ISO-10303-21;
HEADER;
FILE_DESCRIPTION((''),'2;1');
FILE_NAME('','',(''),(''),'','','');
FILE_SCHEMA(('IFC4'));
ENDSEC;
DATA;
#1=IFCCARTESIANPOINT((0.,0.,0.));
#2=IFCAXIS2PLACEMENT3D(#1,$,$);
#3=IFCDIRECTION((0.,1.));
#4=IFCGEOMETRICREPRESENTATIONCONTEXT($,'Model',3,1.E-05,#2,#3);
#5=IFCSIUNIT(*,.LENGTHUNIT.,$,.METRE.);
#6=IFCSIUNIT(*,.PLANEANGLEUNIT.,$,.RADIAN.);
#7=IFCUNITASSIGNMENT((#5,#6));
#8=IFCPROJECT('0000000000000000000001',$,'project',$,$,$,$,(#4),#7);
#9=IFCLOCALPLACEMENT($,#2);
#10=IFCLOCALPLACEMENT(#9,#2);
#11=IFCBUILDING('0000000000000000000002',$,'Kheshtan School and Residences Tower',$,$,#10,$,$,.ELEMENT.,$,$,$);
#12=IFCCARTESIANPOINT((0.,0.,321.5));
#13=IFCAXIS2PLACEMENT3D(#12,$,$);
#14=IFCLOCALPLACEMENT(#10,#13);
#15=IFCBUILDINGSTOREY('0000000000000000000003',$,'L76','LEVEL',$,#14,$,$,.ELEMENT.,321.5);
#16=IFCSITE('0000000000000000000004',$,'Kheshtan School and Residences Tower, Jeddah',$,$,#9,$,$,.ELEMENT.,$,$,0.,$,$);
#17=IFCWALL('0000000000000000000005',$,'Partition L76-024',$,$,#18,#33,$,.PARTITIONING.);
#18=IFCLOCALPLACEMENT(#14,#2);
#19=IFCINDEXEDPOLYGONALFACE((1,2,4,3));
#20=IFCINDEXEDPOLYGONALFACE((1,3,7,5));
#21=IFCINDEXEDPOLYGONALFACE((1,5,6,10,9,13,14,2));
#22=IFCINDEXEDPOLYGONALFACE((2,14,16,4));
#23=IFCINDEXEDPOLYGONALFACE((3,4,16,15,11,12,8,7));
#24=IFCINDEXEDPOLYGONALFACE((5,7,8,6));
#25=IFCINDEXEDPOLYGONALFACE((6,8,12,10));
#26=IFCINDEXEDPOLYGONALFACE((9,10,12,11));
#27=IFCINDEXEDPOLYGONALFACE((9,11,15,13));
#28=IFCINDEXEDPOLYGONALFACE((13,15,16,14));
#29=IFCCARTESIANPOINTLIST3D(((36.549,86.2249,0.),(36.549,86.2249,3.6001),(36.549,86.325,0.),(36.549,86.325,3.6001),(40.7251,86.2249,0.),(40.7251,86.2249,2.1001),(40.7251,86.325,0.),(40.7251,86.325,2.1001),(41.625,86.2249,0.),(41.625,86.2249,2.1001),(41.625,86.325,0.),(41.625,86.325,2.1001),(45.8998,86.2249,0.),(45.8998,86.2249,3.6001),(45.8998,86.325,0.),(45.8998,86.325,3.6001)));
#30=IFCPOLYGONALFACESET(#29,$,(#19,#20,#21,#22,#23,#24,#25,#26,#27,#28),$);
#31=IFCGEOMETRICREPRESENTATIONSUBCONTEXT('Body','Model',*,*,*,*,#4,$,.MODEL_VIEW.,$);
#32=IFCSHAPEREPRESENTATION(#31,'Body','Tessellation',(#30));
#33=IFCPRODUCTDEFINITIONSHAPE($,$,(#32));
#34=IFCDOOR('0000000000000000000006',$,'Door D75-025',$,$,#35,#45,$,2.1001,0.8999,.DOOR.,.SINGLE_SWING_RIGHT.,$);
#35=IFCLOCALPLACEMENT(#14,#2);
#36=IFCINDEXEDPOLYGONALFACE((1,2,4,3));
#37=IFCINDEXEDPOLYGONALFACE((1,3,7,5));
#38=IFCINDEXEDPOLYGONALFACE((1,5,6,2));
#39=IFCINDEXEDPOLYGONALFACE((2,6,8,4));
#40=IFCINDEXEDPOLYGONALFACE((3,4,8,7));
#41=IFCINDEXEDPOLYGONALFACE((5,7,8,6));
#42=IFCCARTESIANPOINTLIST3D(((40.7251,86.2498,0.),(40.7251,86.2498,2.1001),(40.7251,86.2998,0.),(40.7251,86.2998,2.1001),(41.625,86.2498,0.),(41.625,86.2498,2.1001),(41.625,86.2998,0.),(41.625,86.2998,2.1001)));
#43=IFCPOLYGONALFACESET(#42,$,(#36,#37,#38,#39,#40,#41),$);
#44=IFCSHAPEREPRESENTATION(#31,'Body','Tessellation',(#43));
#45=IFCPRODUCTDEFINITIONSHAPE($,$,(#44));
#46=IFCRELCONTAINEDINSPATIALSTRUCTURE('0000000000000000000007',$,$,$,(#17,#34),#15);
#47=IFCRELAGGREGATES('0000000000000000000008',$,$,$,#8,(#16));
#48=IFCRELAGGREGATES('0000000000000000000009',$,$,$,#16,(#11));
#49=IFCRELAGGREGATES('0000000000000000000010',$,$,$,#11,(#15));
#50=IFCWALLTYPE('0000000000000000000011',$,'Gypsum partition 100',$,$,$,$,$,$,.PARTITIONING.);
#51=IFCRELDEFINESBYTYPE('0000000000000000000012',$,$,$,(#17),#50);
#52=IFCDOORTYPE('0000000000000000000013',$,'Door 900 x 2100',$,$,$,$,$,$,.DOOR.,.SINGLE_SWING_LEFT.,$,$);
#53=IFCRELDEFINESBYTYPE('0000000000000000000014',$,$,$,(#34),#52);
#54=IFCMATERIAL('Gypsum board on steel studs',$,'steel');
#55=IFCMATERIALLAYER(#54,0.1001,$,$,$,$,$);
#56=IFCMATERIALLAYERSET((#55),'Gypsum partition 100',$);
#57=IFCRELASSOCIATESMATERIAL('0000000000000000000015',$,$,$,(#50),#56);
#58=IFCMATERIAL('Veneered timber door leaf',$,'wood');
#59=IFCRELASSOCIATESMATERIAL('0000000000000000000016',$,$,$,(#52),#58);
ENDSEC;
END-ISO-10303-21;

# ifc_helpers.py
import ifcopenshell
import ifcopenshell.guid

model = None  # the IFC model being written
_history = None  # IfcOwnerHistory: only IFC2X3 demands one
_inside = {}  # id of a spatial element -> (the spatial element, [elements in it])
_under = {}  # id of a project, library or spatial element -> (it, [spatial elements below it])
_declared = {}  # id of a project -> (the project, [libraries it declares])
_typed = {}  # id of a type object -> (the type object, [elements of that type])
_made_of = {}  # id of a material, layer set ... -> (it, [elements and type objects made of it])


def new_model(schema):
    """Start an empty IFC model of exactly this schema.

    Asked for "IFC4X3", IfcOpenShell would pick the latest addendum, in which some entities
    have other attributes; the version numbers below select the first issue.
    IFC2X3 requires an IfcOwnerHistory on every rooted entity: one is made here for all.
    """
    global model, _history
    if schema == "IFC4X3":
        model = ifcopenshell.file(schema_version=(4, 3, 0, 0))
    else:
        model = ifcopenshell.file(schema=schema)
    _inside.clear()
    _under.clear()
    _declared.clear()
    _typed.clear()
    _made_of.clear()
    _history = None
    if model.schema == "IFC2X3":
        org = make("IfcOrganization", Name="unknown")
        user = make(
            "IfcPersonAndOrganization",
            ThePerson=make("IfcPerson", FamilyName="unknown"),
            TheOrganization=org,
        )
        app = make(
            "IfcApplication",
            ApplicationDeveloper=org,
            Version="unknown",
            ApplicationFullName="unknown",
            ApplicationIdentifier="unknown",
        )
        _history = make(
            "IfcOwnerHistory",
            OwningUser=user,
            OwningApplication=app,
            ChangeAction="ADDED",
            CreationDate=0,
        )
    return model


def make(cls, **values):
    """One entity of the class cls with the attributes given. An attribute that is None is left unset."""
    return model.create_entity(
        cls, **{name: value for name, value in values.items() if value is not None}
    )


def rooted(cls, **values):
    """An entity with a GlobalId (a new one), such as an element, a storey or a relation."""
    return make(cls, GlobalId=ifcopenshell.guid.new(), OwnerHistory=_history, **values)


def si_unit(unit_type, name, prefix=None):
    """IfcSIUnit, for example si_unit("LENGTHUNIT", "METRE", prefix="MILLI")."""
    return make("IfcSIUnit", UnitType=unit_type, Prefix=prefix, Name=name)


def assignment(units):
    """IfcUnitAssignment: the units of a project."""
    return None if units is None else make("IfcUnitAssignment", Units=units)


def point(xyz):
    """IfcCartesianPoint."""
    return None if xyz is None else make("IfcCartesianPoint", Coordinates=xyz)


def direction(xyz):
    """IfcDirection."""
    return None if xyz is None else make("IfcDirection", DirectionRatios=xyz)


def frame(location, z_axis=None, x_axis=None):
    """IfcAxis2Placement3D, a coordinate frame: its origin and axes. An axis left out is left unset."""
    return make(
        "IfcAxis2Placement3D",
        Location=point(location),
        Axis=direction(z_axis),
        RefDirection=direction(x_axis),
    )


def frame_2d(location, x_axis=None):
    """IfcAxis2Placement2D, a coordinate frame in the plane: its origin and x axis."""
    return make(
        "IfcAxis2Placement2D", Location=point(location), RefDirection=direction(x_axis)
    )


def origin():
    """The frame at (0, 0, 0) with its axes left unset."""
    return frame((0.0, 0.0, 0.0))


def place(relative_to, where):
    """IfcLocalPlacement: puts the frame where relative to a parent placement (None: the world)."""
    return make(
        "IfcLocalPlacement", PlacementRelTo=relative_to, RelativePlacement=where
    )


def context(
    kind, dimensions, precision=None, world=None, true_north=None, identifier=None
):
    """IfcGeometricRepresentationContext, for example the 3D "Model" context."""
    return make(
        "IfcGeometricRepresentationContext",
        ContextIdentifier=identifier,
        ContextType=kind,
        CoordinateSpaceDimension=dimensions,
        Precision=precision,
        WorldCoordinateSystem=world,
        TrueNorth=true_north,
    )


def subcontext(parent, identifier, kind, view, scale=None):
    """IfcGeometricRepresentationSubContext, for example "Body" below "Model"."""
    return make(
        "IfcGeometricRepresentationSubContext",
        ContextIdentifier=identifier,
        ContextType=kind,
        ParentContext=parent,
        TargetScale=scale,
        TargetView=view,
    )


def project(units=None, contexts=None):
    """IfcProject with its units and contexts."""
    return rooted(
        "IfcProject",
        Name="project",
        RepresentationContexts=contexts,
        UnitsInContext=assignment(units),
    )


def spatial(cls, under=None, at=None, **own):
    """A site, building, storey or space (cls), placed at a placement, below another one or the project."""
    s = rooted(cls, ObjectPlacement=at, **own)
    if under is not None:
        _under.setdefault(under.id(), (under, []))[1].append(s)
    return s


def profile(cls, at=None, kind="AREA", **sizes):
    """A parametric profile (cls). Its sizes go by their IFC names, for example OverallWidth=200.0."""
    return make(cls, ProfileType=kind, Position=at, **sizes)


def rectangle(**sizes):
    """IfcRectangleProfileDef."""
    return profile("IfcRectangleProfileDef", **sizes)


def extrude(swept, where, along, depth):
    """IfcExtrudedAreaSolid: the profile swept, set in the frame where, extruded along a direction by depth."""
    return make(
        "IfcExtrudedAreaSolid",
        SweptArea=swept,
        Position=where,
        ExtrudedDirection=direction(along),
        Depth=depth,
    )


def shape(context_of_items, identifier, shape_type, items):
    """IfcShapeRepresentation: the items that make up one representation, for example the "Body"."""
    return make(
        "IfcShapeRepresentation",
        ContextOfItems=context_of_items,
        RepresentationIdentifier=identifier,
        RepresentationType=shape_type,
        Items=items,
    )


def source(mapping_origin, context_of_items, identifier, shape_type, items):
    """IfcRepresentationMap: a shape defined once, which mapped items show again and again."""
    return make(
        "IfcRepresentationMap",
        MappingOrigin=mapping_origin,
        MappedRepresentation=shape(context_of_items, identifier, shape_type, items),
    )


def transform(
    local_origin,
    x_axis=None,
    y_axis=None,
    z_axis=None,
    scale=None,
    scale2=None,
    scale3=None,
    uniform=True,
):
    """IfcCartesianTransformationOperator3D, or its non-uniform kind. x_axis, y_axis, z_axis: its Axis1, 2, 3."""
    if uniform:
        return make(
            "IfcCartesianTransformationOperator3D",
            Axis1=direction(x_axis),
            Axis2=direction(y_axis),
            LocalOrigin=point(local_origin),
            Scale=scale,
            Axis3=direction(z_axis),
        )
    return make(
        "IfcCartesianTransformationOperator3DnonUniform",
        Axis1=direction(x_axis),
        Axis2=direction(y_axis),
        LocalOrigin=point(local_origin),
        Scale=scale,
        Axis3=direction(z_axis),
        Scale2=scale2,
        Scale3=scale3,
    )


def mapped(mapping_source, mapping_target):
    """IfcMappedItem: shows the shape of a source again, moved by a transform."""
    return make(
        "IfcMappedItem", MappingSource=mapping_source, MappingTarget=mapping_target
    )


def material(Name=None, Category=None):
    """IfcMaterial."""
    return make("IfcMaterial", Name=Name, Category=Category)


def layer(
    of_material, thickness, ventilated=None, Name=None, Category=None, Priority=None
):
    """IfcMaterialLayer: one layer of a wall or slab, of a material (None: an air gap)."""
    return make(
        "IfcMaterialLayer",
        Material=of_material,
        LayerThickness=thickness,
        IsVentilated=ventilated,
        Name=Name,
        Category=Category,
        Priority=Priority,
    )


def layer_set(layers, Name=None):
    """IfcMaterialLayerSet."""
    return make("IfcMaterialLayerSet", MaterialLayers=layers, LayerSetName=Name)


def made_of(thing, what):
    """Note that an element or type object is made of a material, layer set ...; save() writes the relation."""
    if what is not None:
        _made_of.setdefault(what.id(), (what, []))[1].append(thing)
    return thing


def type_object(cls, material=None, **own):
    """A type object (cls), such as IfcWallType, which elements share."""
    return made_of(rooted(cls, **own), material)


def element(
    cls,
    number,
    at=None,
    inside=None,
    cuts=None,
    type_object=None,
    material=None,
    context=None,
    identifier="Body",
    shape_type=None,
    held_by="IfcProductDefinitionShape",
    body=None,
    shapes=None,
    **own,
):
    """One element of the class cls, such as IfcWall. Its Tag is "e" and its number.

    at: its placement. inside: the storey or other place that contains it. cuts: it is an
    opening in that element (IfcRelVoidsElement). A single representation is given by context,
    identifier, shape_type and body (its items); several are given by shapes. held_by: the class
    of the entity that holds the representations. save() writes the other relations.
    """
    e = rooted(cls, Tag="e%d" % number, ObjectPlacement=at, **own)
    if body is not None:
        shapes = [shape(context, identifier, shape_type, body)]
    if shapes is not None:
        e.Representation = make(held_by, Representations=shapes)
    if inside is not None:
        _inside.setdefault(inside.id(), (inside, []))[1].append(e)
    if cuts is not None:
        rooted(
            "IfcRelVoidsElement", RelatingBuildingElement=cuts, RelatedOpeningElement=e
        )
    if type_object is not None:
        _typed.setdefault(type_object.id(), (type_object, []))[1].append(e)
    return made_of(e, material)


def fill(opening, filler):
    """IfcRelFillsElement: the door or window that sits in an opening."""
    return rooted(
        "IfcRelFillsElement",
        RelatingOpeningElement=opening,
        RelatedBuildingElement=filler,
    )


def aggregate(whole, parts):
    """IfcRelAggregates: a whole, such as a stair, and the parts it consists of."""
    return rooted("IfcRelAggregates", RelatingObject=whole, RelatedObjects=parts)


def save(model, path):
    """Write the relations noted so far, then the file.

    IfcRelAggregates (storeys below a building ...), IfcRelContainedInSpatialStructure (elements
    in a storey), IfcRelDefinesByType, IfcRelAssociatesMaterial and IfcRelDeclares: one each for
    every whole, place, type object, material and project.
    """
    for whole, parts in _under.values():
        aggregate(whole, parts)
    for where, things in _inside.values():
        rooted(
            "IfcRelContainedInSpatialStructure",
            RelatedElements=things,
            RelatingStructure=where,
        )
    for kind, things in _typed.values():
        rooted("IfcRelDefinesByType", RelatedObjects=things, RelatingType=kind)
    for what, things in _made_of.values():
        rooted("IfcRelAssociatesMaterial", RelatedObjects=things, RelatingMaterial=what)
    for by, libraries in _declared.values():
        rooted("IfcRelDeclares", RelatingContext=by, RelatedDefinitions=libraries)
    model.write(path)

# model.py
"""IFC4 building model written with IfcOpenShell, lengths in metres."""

from ifc_helpers import new_model, si_unit, direction, frame, frame_2d, origin, place, context, subcontext, project, spatial, rectangle, extrude, source, transform, mapped, material, layer, layer_set, type_object, element, fill, save


model = new_model("IFC4")

# Units and contexts
model_context = context("Model", 3, precision=1e-05, world=origin(), true_north=direction((0.0, 1.0)))
body_context = subcontext(model_context, "Body", "Model", "MODEL_VIEW")
ifc_project = project(units=[si_unit("LENGTHUNIT", "METRE"), si_unit("PLANEANGLEUNIT", "RADIAN")], contexts=[model_context])

# Site, building, storey
site_placement = place(None, origin())
site = spatial("IfcSite", under=ifc_project, at=site_placement, Name="Kheshtan School and Residences Tower, Jeddah", CompositionType="ELEMENT", RefElevation=0.0)
building_placement = place(site_placement, origin())
building = spatial("IfcBuilding", under=site, at=building_placement, Name="Kheshtan School and Residences Tower", CompositionType="ELEMENT")
storey_placement = place(building_placement, frame((0.0, 0.0, 321.5)))
storey = spatial("IfcBuildingStorey", under=building, at=storey_placement, Name="L76", Description="LEVEL", CompositionType="ELEMENT", Elevation=321.5)

# Wall, opening, door
ifc_material_1 = material(Name="Gypsum board on steel studs", Category="steel")
ifc_layer_1 = layer(ifc_material_1, 0.1001)
ifc_layer_set_1 = layer_set([ifc_layer_1], Name="Gypsum partition 100")
wall_type_1 = type_object("IfcWallType", Name="Gypsum partition 100", PredefinedType="PARTITIONING", material=ifc_layer_set_1)
wall_1_placement = place(storey_placement, frame((36.5491, 86.2749, 0.0), z_axis=(0.0, 0.0, 1.0), x_axis=(1.0, 0.0, 0.0)))
wall_1 = element("IfcWall", 1, at=wall_1_placement, inside=storey, type_object=wall_type_1, Name="Partition L76-024", PredefinedType="PARTITIONING", context=body_context, shape_type="SweptSolid", body=[
    extrude(rectangle(XDim=9.3508, YDim=0.1001, at=frame_2d((4.6753, 0.0))), origin(), (0.0, 0.0, 1.0), 3.6001),
])
opening_1_placement = place(wall_1_placement, frame((4.176, 0.0, 0.0)))
opening_1 = element("IfcOpeningElement", 2, at=opening_1_placement, cuts=wall_1, PredefinedType="OPENING", context=body_context, shape_type="SweptSolid", body=[
    extrude(rectangle(XDim=0.8999, YDim=2.1001, at=frame_2d((0.45, 1.05))), frame((0.0, 0.0601, 0.0), z_axis=(0.0, -1.0, 0.0), x_axis=(1.0, 0.0, 0.0)), (0.0, 0.0, 1.0), 0.1201),
])
ifc_material_2 = material(Name="Veneered timber door leaf", Category="wood")
door_type_1 = type_object("IfcDoorType", Name="Door 900 x 2100", OperationType="SINGLE_SWING_LEFT", PredefinedType="DOOR", material=ifc_material_2)
shared_shape_1 = source(origin(), body_context, "Body", "SweptSolid", [
    extrude(rectangle(XDim=0.8999, YDim=2.1001, at=frame_2d((0.45, 1.05))), frame((0.0, 0.0249, 0.0), z_axis=(0.0, -1.0, 0.0), x_axis=(1.0, 0.0, 0.0)), (0.0, 0.0, 1.0), 0.05),
])
door_1_placement = place(opening_1_placement, origin())
door_1 = element("IfcDoor", 3, at=door_1_placement, inside=storey, type_object=door_type_1, Name="Door D75-025", OperationType="SINGLE_SWING_RIGHT", OverallHeight=2.1001, OverallWidth=0.8999, PredefinedType="DOOR", context=body_context, shape_type="MappedRepresentation", body=[
    mapped(shared_shape_1, transform((0.0, 0.0, 0.0), x_axis=(1.0, 0.0, 0.0), y_axis=(0.0, 1.0, 0.0), z_axis=(0.0, 0.0, 1.0), scale=1.0)),
])
fill(opening_1, door_1)

save(model, "model.ifc")
